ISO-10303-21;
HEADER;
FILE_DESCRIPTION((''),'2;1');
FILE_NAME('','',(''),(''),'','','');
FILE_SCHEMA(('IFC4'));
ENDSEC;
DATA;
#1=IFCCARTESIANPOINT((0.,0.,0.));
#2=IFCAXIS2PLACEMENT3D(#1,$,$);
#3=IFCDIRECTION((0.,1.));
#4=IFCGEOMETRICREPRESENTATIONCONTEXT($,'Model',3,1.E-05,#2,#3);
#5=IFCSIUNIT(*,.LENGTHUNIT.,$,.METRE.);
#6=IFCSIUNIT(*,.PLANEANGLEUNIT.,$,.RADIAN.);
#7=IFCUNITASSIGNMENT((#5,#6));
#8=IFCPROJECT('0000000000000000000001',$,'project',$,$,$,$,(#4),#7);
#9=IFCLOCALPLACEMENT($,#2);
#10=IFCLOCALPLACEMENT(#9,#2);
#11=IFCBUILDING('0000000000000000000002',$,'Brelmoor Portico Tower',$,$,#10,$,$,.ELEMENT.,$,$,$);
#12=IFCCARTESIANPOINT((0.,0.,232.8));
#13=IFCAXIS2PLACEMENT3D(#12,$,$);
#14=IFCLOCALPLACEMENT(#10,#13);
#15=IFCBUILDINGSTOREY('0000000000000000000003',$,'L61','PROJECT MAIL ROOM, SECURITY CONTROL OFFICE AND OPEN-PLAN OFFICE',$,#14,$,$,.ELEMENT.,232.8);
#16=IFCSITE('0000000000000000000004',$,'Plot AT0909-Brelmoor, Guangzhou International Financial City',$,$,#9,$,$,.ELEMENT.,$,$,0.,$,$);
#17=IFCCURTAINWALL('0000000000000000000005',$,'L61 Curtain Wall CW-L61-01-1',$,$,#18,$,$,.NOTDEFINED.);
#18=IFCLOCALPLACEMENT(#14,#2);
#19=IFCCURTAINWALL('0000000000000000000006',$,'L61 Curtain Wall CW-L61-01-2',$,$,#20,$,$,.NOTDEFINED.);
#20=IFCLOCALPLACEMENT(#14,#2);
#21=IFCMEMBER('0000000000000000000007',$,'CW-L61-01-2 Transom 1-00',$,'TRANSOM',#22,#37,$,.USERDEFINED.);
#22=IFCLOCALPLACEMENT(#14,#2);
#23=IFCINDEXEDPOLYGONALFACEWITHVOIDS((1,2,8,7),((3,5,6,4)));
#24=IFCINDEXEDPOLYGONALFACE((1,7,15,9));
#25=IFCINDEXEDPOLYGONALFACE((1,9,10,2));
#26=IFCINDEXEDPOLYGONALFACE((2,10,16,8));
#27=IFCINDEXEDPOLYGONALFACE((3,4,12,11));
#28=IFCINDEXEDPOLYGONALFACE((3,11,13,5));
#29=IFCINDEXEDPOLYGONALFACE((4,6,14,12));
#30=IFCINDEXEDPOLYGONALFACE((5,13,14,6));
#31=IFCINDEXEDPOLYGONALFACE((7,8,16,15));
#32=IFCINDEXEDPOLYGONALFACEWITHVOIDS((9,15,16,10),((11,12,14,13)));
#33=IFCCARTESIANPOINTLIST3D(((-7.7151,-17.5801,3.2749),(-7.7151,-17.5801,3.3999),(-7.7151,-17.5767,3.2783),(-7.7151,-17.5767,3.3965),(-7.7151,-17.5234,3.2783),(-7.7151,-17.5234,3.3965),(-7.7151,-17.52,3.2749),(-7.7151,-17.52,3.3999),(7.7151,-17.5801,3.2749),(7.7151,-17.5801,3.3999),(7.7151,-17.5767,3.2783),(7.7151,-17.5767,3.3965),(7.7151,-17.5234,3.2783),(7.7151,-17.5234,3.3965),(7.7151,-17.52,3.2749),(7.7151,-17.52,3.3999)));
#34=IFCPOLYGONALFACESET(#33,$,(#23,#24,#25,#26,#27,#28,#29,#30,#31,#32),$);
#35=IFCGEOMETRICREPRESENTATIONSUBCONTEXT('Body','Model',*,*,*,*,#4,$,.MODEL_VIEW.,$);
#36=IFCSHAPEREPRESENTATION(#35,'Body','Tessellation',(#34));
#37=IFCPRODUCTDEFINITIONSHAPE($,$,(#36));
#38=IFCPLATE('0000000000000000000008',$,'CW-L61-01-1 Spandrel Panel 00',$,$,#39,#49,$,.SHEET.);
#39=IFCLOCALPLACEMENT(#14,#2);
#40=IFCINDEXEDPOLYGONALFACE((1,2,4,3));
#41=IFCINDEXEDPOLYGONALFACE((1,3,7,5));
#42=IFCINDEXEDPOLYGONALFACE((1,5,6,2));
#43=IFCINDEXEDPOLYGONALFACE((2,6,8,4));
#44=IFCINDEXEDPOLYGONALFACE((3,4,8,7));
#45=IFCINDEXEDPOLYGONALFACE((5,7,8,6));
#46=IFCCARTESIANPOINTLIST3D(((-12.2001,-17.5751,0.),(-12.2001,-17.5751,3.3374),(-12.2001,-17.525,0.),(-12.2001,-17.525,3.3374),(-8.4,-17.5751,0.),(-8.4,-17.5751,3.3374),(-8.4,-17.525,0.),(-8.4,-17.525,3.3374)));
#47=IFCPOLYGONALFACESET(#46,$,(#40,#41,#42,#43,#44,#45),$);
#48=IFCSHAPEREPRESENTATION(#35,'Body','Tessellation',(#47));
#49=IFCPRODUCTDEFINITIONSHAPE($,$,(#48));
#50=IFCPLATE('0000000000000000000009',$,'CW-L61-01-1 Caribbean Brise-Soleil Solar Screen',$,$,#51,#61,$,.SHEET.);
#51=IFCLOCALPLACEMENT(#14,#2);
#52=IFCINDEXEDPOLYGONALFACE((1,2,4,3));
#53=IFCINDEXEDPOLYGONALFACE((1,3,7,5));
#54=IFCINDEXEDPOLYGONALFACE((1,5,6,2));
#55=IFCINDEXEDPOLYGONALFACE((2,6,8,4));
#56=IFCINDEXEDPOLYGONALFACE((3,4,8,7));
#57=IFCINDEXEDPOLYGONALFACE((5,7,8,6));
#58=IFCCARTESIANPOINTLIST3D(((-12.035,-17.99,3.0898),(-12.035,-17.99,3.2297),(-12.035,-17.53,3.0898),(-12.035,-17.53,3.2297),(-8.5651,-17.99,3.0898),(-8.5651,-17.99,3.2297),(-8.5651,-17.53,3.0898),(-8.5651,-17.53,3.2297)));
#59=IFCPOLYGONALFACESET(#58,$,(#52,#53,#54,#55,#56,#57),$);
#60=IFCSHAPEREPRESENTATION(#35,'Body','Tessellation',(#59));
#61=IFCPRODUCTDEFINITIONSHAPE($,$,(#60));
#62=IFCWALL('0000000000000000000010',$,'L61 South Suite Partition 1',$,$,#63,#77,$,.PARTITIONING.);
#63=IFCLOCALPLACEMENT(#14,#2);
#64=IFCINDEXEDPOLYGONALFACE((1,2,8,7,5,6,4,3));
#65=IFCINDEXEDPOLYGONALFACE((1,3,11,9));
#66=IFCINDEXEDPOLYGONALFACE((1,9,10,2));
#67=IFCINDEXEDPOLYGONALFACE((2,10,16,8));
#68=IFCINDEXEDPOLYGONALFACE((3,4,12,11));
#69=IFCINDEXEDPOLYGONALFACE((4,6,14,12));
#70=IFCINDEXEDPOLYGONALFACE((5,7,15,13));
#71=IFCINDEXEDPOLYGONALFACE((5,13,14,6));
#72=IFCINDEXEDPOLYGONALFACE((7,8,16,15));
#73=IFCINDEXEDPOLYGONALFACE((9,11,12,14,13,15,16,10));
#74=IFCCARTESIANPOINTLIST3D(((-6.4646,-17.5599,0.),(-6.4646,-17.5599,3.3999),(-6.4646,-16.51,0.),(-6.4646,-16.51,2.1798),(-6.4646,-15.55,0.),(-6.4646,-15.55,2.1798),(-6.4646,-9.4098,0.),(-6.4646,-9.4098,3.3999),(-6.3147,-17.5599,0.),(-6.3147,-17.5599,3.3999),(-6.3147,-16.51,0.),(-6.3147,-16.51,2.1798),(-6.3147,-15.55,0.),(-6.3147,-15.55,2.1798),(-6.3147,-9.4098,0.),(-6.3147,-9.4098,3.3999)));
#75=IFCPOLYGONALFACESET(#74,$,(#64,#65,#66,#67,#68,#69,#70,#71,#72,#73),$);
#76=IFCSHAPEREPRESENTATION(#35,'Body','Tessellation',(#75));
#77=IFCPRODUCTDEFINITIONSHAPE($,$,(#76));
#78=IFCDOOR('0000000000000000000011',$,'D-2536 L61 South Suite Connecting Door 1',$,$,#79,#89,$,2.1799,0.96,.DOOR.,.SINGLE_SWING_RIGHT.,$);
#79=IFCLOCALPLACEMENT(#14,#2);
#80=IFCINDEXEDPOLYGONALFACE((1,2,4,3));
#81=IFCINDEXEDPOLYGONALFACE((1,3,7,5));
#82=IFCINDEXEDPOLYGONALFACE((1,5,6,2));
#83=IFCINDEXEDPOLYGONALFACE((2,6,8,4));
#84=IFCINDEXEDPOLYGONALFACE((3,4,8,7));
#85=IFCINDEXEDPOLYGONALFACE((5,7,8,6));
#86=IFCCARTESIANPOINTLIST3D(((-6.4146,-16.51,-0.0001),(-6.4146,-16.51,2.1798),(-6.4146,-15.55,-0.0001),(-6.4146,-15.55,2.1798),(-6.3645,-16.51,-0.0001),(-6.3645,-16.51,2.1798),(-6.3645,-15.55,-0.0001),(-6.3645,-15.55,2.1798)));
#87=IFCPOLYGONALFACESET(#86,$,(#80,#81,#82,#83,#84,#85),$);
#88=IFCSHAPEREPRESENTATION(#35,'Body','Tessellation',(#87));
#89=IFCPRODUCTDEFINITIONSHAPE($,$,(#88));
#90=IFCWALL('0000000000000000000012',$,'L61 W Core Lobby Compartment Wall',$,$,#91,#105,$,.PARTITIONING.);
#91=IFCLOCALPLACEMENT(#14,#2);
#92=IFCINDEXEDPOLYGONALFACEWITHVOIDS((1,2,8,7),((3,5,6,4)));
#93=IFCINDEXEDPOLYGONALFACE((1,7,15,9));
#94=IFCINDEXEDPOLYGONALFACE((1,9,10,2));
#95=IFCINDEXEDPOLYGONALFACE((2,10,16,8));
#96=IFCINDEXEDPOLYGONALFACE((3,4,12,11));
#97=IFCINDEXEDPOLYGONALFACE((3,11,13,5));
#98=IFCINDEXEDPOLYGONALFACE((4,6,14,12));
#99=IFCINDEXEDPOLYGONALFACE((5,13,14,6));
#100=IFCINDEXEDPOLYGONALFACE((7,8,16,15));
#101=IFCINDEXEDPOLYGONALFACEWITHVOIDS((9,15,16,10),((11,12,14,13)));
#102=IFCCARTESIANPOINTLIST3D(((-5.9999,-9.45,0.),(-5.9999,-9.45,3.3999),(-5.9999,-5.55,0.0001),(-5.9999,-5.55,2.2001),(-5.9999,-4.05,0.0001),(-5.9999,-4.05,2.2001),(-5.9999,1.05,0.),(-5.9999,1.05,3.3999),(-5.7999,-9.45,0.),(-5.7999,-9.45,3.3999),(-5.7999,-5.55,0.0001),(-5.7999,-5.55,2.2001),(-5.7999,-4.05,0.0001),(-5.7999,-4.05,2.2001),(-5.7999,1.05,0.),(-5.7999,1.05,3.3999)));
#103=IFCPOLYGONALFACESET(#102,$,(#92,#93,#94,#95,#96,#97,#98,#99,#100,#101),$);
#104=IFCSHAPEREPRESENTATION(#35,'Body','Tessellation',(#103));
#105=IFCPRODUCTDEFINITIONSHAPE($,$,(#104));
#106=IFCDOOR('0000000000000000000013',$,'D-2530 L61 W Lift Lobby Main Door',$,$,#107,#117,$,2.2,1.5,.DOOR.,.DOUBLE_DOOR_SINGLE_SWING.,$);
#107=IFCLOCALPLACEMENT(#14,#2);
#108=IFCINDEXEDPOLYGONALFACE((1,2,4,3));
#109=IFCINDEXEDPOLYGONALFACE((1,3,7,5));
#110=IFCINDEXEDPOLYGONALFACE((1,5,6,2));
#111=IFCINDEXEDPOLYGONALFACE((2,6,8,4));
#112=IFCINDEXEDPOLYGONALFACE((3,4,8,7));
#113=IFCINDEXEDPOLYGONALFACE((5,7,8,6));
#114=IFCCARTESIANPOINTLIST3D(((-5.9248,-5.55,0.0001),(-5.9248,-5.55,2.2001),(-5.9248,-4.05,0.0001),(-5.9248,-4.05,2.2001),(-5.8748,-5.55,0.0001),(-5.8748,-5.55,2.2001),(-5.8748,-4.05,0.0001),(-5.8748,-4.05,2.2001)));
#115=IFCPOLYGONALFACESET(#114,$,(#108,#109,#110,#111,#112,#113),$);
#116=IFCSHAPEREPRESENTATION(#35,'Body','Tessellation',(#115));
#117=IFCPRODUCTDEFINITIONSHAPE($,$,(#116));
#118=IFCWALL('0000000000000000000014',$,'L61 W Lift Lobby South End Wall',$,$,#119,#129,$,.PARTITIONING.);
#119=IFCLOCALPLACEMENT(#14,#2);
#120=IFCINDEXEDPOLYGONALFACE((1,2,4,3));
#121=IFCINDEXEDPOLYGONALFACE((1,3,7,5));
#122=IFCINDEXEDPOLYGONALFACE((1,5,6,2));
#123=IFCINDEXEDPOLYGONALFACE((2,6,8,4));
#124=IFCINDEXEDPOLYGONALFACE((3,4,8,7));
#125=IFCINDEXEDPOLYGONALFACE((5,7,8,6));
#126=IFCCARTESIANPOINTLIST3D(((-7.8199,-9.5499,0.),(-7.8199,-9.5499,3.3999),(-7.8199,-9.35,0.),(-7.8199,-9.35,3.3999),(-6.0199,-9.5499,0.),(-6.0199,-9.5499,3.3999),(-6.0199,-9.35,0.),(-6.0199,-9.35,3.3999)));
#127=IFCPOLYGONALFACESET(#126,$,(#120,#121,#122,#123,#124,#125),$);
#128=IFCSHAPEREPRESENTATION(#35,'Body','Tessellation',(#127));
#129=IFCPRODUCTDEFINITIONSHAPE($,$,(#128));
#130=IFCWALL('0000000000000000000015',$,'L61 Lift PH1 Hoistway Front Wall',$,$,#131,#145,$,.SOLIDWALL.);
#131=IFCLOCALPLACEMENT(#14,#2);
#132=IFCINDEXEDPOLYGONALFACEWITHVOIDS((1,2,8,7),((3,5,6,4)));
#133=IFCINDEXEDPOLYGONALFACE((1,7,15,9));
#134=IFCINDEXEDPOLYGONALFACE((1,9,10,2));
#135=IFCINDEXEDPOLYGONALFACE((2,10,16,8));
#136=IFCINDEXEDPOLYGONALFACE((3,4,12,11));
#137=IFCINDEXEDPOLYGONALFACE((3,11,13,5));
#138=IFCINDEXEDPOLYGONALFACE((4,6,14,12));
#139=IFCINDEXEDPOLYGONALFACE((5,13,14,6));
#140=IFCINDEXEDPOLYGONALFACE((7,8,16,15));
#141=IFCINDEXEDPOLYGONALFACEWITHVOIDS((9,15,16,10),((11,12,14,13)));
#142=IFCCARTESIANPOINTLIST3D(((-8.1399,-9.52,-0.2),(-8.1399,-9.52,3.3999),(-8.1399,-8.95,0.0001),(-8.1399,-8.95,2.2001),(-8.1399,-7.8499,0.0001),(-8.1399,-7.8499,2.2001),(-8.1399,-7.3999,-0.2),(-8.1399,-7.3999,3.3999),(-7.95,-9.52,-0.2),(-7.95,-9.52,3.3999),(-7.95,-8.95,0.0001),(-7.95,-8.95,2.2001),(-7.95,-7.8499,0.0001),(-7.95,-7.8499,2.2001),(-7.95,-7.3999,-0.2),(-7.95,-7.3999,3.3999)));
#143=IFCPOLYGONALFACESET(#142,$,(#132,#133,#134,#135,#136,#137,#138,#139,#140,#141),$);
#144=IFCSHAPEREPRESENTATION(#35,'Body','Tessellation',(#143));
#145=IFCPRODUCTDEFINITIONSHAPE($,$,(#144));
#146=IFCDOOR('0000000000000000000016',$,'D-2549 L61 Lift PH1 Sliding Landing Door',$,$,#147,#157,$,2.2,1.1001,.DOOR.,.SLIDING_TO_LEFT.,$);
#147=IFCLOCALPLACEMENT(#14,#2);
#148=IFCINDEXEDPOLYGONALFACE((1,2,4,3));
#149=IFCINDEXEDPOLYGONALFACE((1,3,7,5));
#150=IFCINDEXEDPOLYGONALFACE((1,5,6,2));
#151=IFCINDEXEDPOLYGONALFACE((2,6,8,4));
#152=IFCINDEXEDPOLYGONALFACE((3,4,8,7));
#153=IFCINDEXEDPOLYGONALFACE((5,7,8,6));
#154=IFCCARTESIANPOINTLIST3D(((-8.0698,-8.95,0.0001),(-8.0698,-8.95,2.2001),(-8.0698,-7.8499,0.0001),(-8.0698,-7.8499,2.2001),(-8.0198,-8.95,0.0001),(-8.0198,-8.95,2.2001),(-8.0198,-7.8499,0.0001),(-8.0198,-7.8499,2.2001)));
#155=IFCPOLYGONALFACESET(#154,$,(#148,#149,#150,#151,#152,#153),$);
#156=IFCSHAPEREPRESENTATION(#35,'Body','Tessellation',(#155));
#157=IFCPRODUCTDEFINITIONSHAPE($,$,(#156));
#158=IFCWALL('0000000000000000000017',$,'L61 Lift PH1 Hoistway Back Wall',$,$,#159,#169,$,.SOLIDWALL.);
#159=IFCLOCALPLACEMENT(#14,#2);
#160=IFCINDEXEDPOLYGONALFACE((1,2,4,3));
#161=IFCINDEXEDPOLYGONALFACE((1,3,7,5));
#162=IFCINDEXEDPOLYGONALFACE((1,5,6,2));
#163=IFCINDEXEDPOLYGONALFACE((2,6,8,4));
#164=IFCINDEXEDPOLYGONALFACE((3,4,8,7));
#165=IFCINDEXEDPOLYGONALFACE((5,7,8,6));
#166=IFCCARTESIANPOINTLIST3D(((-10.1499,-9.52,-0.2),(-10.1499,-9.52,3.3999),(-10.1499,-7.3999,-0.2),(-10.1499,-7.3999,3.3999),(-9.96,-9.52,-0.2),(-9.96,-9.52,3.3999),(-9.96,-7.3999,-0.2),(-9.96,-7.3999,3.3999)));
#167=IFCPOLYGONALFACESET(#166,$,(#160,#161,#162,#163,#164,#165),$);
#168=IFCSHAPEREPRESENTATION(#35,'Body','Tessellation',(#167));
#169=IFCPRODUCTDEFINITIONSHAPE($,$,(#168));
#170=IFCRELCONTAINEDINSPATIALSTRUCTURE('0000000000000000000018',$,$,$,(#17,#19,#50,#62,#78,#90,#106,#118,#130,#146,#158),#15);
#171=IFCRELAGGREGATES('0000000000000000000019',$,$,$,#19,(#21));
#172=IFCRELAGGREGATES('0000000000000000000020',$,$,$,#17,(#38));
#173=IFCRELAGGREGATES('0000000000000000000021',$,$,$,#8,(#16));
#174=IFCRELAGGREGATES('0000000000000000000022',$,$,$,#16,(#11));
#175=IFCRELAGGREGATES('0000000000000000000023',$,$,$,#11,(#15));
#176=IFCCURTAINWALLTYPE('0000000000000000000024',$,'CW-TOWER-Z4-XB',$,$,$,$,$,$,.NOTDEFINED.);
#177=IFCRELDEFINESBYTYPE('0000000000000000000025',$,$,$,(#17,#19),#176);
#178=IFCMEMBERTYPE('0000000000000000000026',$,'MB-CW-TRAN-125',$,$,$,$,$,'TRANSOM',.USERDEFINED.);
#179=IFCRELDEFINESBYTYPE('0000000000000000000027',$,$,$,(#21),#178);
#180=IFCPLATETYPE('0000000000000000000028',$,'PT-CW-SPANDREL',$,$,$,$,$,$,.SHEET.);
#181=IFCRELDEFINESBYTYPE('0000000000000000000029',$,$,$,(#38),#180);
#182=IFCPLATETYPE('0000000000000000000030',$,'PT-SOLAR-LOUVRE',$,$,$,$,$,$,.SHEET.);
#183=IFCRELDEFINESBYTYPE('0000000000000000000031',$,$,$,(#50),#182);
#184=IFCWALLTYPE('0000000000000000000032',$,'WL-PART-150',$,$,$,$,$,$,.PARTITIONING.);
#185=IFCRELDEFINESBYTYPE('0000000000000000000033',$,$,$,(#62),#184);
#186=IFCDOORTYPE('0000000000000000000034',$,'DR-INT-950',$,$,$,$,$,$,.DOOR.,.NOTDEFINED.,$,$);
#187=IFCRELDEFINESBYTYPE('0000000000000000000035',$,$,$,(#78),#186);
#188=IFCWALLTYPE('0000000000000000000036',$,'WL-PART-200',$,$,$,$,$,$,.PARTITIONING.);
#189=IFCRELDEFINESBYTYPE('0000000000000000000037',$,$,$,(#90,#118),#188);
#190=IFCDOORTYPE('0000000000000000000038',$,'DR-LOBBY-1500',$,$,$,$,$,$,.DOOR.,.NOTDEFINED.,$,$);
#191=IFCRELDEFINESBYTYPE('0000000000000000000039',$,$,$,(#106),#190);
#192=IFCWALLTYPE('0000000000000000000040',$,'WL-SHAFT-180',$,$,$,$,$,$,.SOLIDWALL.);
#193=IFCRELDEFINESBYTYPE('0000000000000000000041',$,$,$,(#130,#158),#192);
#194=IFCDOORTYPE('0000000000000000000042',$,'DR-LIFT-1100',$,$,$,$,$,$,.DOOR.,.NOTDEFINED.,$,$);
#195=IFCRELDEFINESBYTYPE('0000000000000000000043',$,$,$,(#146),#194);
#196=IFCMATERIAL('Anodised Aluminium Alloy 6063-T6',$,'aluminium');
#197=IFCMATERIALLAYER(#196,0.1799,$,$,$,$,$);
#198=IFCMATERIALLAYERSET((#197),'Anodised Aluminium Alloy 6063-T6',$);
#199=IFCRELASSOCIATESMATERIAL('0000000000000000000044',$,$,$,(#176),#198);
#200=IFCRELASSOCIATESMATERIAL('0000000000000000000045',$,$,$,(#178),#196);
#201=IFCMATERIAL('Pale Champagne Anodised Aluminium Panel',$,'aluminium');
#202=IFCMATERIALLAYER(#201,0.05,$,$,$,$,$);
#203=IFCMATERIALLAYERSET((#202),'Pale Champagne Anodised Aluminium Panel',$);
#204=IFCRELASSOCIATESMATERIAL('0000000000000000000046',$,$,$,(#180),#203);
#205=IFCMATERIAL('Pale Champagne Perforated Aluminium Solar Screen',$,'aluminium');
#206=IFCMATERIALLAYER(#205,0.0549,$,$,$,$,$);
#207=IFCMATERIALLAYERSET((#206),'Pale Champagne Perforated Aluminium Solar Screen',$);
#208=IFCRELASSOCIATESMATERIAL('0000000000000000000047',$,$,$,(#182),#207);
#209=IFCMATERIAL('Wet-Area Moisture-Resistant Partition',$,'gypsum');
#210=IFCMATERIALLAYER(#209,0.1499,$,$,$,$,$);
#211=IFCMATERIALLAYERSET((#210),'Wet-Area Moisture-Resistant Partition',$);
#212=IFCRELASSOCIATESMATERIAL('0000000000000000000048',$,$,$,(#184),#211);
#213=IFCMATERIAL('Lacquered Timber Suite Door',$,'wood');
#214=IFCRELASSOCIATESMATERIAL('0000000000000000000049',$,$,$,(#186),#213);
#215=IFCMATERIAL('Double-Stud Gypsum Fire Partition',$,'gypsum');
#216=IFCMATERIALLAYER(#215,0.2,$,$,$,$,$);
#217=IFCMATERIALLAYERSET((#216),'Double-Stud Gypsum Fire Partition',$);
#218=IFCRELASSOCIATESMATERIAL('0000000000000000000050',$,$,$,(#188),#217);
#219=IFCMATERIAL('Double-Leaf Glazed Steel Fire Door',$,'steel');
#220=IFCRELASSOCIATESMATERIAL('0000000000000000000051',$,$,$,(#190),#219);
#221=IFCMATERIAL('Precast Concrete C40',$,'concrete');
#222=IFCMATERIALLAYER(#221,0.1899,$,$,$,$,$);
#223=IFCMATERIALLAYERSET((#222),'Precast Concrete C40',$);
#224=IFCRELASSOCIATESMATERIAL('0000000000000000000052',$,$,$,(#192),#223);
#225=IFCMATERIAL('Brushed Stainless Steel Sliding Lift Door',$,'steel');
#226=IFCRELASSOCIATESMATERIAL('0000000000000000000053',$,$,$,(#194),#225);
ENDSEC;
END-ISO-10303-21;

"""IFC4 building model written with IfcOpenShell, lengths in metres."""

from ifc_helpers import new_model, si_unit, direction, frame, frame_2d, origin, origin_2d, place, context, subcontext, project, spatial, rectangle, hollow_rectangle, extrude, material, layer, layer_set, material_profile, profile_set, type_object, element, fill, aggregate, save


model = new_model("IFC4")

# Units and contexts
model_context = context("Model", 3, precision=1e-05, world=origin(), true_north=direction((0.0, 1.0)))
body_context = subcontext(model_context, "Body", "Model", "MODEL_VIEW")
ifc_project = project(units=[si_unit("LENGTHUNIT", "METRE"), si_unit("PLANEANGLEUNIT", "RADIAN")], contexts=[model_context])

# Site, building, storey
site_placement = place(None, origin())
site = spatial("IfcSite", under=ifc_project, at=site_placement, Name="Plot AT0909-Brelmoor, Guangzhou International Financial City", CompositionType="ELEMENT", RefElevation=0.0)
building_placement = place(site_placement, origin())
building = spatial("IfcBuilding", under=site, at=building_placement, Name="Brelmoor Portico Tower", CompositionType="ELEMENT")
storey_placement = place(building_placement, frame((0.0, 0.0, 232.8)))
storey = spatial("IfcBuildingStorey", under=building, at=storey_placement, Name="L61", Description="PROJECT MAIL ROOM, SECURITY CONTROL OFFICE AND OPEN-PLAN OFFICE", CompositionType="ELEMENT", Elevation=232.8)

# Curtain wall
ifc_material_1 = material(Name="Anodised Aluminium Alloy 6063-T6", Category="aluminium")
ifc_layer_1 = layer(ifc_material_1, 0.1799)
ifc_layer_set_1 = layer_set([ifc_layer_1], Name="Anodised Aluminium Alloy 6063-T6")
curtain_wall_type = type_object("IfcCurtainWallType", Name="CW-TOWER-Z4-XB", PredefinedType="NOTDEFINED", material=ifc_layer_set_1)
curtain_wall_1_placement = place(storey_placement, origin())
curtain_wall_1 = element("IfcCurtainWall", 1, at=curtain_wall_1_placement, inside=storey, type_object=curtain_wall_type, Name="L61 Curtain Wall CW-L61-01-1", PredefinedType="NOTDEFINED")

# Curtain wall, member
curtain_wall_2_placement = place(storey_placement, origin())
curtain_wall_2 = element("IfcCurtainWall", 2, at=curtain_wall_2_placement, inside=storey, type_object=curtain_wall_type, Name="L61 Curtain Wall CW-L61-01-2", PredefinedType="NOTDEFINED")
ifc_material_profile_1 = material_profile(ifc_material_1, hollow_rectangle(XDim=0.0601, YDim=0.125, WallThickness=0.0034, at=origin_2d()), Name="ALU TRANSOM 60x125")
ifc_profile_set_1 = profile_set([ifc_material_profile_1], Name="Anodised Aluminium Alloy 6063-T6")
member_type_1 = type_object("IfcMemberType", Name="MB-CW-TRAN-125", ElementType="TRANSOM", PredefinedType="USERDEFINED", material=ifc_profile_set_1)
member_1_placement = place(storey_placement, frame((-7.7151, -17.55, 3.3374), z_axis=(1.0, 0.0, 0.0), x_axis=(0.0, 1.0, 0.0)))
member_1 = element("IfcMember", 3, at=member_1_placement, type_object=member_type_1, Name="CW-L61-01-2 Transom 1-00", ObjectType="TRANSOM", PredefinedType="USERDEFINED", context=body_context, shape_type="SweptSolid", body=[
    extrude(hollow_rectangle(XDim=0.0601, YDim=0.125, WallThickness=0.0034, at=origin_2d()), origin(), (0.0, 0.0, 1.0), 15.4302),
])
aggregate(curtain_wall_2, [member_1])

# Plates
ifc_material_2 = material(Name="Pale Champagne Anodised Aluminium Panel", Category="aluminium")
ifc_layer_2 = layer(ifc_material_2, 0.05)
ifc_layer_set_2 = layer_set([ifc_layer_2], Name="Pale Champagne Anodised Aluminium Panel")
plate_type_1 = type_object("IfcPlateType", Name="PT-CW-SPANDREL", PredefinedType="SHEET", material=ifc_layer_set_2)
plate_1_placement = place(storey_placement, frame((-10.3, -17.55, 0.0), z_axis=(0.0, 0.0, 1.0), x_axis=(1.0, 0.0, 0.0)))
plate_1 = element("IfcPlate", 4, at=plate_1_placement, type_object=plate_type_1, Name="CW-L61-01-1 Spandrel Panel 00", PredefinedType="SHEET", context=body_context, shape_type="SweptSolid", body=[
    extrude(rectangle(XDim=3.8, YDim=0.05, at=origin_2d()), origin(), (0.0, 0.0, 1.0), 3.3374),
])
aggregate(curtain_wall_1, [plate_1])
ifc_material_3 = material(Name="Pale Champagne Perforated Aluminium Solar Screen", Category="aluminium")
ifc_layer_3 = layer(ifc_material_3, 0.0549)
ifc_layer_set_3 = layer_set([ifc_layer_3], Name="Pale Champagne Perforated Aluminium Solar Screen")
plate_type_2 = type_object("IfcPlateType", Name="PT-SOLAR-LOUVRE", PredefinedType="SHEET", material=ifc_layer_set_3)
plate_2_placement = place(storey_placement, frame((-10.3, -17.76, 3.0898), z_axis=(0.0, 0.0, 1.0), x_axis=(1.0, 0.0, 0.0)))
element("IfcPlate", 5, at=plate_2_placement, inside=storey, type_object=plate_type_2, Name="CW-L61-01-1 Caribbean Brise-Soleil Solar Screen", PredefinedType="SHEET", context=body_context, shape_type="SweptSolid", body=[
    extrude(rectangle(XDim=3.47, YDim=0.46, at=origin_2d()), origin(), (0.0, 0.0, 1.0), 0.1399),
])

# Wall, opening, door
ifc_material_4 = material(Name="Wet-Area Moisture-Resistant Partition", Category="gypsum")
ifc_layer_4 = layer(ifc_material_4, 0.1499)
ifc_layer_set_4 = layer_set([ifc_layer_4], Name="Wet-Area Moisture-Resistant Partition")
wall_type_1 = type_object("IfcWallType", Name="WL-PART-150", PredefinedType="PARTITIONING", material=ifc_layer_set_4)
wall_1_placement = place(storey_placement, frame((-6.3896, -17.5601, 0.0), z_axis=(0.0, 0.0, 1.0), x_axis=(0.0, 1.0, 0.0)))
wall_1 = element("IfcWall", 6, at=wall_1_placement, inside=storey, type_object=wall_type_1, Name="L61 South Suite Partition 1", PredefinedType="PARTITIONING", context=body_context, shape_type="SweptSolid", body=[
    extrude(rectangle(XDim=8.1501, YDim=0.1499, at=frame_2d((4.0752, 0.0))), origin(), (0.0, 0.0, 1.0), 3.3999),
])
opening_1_placement = place(wall_1_placement, frame((1.05, 0.0, 0.0)))
opening_1 = element("IfcOpeningElement", 7, at=opening_1_placement, cuts=wall_1, PredefinedType="OPENING", context=body_context, shape_type="SweptSolid", body=[
    extrude(rectangle(XDim=0.96, YDim=2.1799, at=frame_2d((0.48, 1.0898))), frame((0.0, 0.085, 0.0), z_axis=(0.0, -1.0, 0.0), x_axis=(1.0, 0.0, 0.0)), (0.0, 0.0, 1.0), 0.1699),
])
ifc_material_5 = material(Name="Lacquered Timber Suite Door", Category="wood")
door_type_1 = type_object("IfcDoorType", Name="DR-INT-950", OperationType="NOTDEFINED", PredefinedType="DOOR", material=ifc_material_5)
door_1_placement = place(opening_1_placement, origin())
door_1 = element("IfcDoor", 8, at=door_1_placement, inside=storey, type_object=door_type_1, Name="D-2536 L61 South Suite Connecting Door 1", OperationType="SINGLE_SWING_RIGHT", OverallHeight=2.1799, OverallWidth=0.96, PredefinedType="DOOR", context=body_context, shape_type="SweptSolid", body=[
    extrude(rectangle(XDim=0.96, YDim=2.1799, at=frame_2d((0.48, 1.0898))), frame((0.0, 0.0249, 0.0), z_axis=(0.0, -1.0, 0.0), x_axis=(1.0, 0.0, 0.0)), (0.0, 0.0, 1.0), 0.05),
])
fill(opening_1, door_1)

# Wall, opening, door
ifc_material_6 = material(Name="Double-Stud Gypsum Fire Partition", Category="gypsum")
ifc_layer_5 = layer(ifc_material_6, 0.2)
ifc_layer_set_5 = layer_set([ifc_layer_5], Name="Double-Stud Gypsum Fire Partition")
wall_type_2 = type_object("IfcWallType", Name="WL-PART-200", PredefinedType="PARTITIONING", material=ifc_layer_set_5)
wall_2_placement = place(storey_placement, frame((-5.8999, -9.45, 0.0), z_axis=(0.0, 0.0, 1.0), x_axis=(0.0, 1.0, 0.0)))
wall_2 = element("IfcWall", 9, at=wall_2_placement, inside=storey, type_object=wall_type_2, Name="L61 W Core Lobby Compartment Wall", PredefinedType="PARTITIONING", context=body_context, shape_type="SweptSolid", body=[
    extrude(rectangle(XDim=10.5, YDim=0.2, at=frame_2d((5.25, 0.0))), origin(), (0.0, 0.0, 1.0), 3.3999),
])
opening_2_placement = place(wall_2_placement, frame((3.8999, 0.0, 0.0)))
opening_2 = element("IfcOpeningElement", 10, at=opening_2_placement, cuts=wall_2, PredefinedType="OPENING", context=body_context, shape_type="SweptSolid", body=[
    extrude(rectangle(XDim=1.5, YDim=2.2, at=frame_2d((0.75, 1.1001))), frame((0.0, 0.1099, 0.0), z_axis=(0.0, -1.0, 0.0), x_axis=(1.0, 0.0, 0.0)), (0.0, 0.0, 1.0), 0.22),
])
ifc_material_7 = material(Name="Double-Leaf Glazed Steel Fire Door", Category="steel")
door_type_2 = type_object("IfcDoorType", Name="DR-LOBBY-1500", OperationType="NOTDEFINED", PredefinedType="DOOR", material=ifc_material_7)
door_2_placement = place(opening_2_placement, origin())
door_2 = element("IfcDoor", 11, at=door_2_placement, inside=storey, type_object=door_type_2, Name="D-2530 L61 W Lift Lobby Main Door", OperationType="DOUBLE_DOOR_SINGLE_SWING", OverallHeight=2.2, OverallWidth=1.5, PredefinedType="DOOR", context=body_context, shape_type="SweptSolid", body=[
    extrude(rectangle(XDim=1.5, YDim=2.2, at=frame_2d((0.75, 1.1001))), frame((0.0, 0.0249, 0.0), z_axis=(0.0, -1.0, 0.0), x_axis=(1.0, 0.0, 0.0)), (0.0, 0.0, 1.0), 0.05),
])
fill(opening_2, door_2)

# Wall
wall_3_placement = place(storey_placement, frame((-6.02, -9.45, 0.0), z_axis=(0.0, 0.0, 1.0), x_axis=(-1.0, 0.0, 0.0)))
element("IfcWall", 12, at=wall_3_placement, inside=storey, type_object=wall_type_2, Name="L61 W Lift Lobby South End Wall", PredefinedType="PARTITIONING", context=body_context, shape_type="SweptSolid", body=[
    extrude(rectangle(XDim=1.8, YDim=0.2, at=frame_2d((0.8999, 0.0))), origin(), (0.0, 0.0, 1.0), 3.3999),
])

# Wall, opening, door
ifc_material_8 = material(Name="Precast Concrete C40", Category="concrete")
ifc_layer_6 = layer(ifc_material_8, 0.1899)
ifc_layer_set_6 = layer_set([ifc_layer_6], Name="Precast Concrete C40")
wall_type_3 = type_object("IfcWallType", Name="WL-SHAFT-180", PredefinedType="SOLIDWALL", material=ifc_layer_set_6)
wall_4_placement = place(storey_placement, frame((-8.0449, -9.52, -0.2), z_axis=(0.0, 0.0, 1.0), x_axis=(0.0, 1.0, 0.0)))
wall_4 = element("IfcWall", 13, at=wall_4_placement, inside=storey, type_object=wall_type_3, Name="L61 Lift PH1 Hoistway Front Wall", PredefinedType="SOLIDWALL", context=body_context, shape_type="SweptSolid", body=[
    extrude(rectangle(XDim=2.1201, YDim=0.1899, at=frame_2d((1.0601, 0.0))), origin(), (0.0, 0.0, 1.0), 3.5999),
])
opening_3_placement = place(wall_4_placement, frame((0.5701, 0.0, 0.2)))
opening_3 = element("IfcOpeningElement", 14, at=opening_3_placement, cuts=wall_4, PredefinedType="OPENING", context=body_context, shape_type="SweptSolid", body=[
    extrude(rectangle(XDim=1.1001, YDim=2.2, at=frame_2d((0.55, 1.1001))), frame((0.0, 0.105, 0.0), z_axis=(0.0, -1.0, 0.0), x_axis=(1.0, 0.0, 0.0)), (0.0, 0.0, 1.0), 0.21),
])
ifc_material_9 = material(Name="Brushed Stainless Steel Sliding Lift Door", Category="steel")
door_type_3 = type_object("IfcDoorType", Name="DR-LIFT-1100", OperationType="NOTDEFINED", PredefinedType="DOOR", material=ifc_material_9)
door_3_placement = place(opening_3_placement, origin())
door_3 = element("IfcDoor", 15, at=door_3_placement, inside=storey, type_object=door_type_3, Name="D-2549 L61 Lift PH1 Sliding Landing Door", OperationType="SLIDING_TO_LEFT", OverallHeight=2.2, OverallWidth=1.1001, PredefinedType="DOOR", context=body_context, shape_type="SweptSolid", body=[
    extrude(rectangle(XDim=1.1001, YDim=2.2, at=frame_2d((0.55, 1.1001))), frame((0.0, 0.0249, 0.0), z_axis=(0.0, -1.0, 0.0), x_axis=(1.0, 0.0, 0.0)), (0.0, 0.0, 1.0), 0.05),
])
fill(opening_3, door_3)

# Wall
wall_5_placement = place(storey_placement, frame((-10.0549, -9.52, -0.2), z_axis=(0.0, 0.0, 1.0), x_axis=(0.0, 1.0, 0.0)))
element("IfcWall", 16, at=wall_5_placement, inside=storey, type_object=wall_type_3, Name="L61 Lift PH1 Hoistway Back Wall", PredefinedType="SOLIDWALL", context=body_context, shape_type="SweptSolid", body=[
    extrude(rectangle(XDim=2.1201, YDim=0.1899, at=frame_2d((1.0601, 0.0))), origin(), (0.0, 0.0, 1.0), 3.5999),
])

save(model, "model.ifc")
